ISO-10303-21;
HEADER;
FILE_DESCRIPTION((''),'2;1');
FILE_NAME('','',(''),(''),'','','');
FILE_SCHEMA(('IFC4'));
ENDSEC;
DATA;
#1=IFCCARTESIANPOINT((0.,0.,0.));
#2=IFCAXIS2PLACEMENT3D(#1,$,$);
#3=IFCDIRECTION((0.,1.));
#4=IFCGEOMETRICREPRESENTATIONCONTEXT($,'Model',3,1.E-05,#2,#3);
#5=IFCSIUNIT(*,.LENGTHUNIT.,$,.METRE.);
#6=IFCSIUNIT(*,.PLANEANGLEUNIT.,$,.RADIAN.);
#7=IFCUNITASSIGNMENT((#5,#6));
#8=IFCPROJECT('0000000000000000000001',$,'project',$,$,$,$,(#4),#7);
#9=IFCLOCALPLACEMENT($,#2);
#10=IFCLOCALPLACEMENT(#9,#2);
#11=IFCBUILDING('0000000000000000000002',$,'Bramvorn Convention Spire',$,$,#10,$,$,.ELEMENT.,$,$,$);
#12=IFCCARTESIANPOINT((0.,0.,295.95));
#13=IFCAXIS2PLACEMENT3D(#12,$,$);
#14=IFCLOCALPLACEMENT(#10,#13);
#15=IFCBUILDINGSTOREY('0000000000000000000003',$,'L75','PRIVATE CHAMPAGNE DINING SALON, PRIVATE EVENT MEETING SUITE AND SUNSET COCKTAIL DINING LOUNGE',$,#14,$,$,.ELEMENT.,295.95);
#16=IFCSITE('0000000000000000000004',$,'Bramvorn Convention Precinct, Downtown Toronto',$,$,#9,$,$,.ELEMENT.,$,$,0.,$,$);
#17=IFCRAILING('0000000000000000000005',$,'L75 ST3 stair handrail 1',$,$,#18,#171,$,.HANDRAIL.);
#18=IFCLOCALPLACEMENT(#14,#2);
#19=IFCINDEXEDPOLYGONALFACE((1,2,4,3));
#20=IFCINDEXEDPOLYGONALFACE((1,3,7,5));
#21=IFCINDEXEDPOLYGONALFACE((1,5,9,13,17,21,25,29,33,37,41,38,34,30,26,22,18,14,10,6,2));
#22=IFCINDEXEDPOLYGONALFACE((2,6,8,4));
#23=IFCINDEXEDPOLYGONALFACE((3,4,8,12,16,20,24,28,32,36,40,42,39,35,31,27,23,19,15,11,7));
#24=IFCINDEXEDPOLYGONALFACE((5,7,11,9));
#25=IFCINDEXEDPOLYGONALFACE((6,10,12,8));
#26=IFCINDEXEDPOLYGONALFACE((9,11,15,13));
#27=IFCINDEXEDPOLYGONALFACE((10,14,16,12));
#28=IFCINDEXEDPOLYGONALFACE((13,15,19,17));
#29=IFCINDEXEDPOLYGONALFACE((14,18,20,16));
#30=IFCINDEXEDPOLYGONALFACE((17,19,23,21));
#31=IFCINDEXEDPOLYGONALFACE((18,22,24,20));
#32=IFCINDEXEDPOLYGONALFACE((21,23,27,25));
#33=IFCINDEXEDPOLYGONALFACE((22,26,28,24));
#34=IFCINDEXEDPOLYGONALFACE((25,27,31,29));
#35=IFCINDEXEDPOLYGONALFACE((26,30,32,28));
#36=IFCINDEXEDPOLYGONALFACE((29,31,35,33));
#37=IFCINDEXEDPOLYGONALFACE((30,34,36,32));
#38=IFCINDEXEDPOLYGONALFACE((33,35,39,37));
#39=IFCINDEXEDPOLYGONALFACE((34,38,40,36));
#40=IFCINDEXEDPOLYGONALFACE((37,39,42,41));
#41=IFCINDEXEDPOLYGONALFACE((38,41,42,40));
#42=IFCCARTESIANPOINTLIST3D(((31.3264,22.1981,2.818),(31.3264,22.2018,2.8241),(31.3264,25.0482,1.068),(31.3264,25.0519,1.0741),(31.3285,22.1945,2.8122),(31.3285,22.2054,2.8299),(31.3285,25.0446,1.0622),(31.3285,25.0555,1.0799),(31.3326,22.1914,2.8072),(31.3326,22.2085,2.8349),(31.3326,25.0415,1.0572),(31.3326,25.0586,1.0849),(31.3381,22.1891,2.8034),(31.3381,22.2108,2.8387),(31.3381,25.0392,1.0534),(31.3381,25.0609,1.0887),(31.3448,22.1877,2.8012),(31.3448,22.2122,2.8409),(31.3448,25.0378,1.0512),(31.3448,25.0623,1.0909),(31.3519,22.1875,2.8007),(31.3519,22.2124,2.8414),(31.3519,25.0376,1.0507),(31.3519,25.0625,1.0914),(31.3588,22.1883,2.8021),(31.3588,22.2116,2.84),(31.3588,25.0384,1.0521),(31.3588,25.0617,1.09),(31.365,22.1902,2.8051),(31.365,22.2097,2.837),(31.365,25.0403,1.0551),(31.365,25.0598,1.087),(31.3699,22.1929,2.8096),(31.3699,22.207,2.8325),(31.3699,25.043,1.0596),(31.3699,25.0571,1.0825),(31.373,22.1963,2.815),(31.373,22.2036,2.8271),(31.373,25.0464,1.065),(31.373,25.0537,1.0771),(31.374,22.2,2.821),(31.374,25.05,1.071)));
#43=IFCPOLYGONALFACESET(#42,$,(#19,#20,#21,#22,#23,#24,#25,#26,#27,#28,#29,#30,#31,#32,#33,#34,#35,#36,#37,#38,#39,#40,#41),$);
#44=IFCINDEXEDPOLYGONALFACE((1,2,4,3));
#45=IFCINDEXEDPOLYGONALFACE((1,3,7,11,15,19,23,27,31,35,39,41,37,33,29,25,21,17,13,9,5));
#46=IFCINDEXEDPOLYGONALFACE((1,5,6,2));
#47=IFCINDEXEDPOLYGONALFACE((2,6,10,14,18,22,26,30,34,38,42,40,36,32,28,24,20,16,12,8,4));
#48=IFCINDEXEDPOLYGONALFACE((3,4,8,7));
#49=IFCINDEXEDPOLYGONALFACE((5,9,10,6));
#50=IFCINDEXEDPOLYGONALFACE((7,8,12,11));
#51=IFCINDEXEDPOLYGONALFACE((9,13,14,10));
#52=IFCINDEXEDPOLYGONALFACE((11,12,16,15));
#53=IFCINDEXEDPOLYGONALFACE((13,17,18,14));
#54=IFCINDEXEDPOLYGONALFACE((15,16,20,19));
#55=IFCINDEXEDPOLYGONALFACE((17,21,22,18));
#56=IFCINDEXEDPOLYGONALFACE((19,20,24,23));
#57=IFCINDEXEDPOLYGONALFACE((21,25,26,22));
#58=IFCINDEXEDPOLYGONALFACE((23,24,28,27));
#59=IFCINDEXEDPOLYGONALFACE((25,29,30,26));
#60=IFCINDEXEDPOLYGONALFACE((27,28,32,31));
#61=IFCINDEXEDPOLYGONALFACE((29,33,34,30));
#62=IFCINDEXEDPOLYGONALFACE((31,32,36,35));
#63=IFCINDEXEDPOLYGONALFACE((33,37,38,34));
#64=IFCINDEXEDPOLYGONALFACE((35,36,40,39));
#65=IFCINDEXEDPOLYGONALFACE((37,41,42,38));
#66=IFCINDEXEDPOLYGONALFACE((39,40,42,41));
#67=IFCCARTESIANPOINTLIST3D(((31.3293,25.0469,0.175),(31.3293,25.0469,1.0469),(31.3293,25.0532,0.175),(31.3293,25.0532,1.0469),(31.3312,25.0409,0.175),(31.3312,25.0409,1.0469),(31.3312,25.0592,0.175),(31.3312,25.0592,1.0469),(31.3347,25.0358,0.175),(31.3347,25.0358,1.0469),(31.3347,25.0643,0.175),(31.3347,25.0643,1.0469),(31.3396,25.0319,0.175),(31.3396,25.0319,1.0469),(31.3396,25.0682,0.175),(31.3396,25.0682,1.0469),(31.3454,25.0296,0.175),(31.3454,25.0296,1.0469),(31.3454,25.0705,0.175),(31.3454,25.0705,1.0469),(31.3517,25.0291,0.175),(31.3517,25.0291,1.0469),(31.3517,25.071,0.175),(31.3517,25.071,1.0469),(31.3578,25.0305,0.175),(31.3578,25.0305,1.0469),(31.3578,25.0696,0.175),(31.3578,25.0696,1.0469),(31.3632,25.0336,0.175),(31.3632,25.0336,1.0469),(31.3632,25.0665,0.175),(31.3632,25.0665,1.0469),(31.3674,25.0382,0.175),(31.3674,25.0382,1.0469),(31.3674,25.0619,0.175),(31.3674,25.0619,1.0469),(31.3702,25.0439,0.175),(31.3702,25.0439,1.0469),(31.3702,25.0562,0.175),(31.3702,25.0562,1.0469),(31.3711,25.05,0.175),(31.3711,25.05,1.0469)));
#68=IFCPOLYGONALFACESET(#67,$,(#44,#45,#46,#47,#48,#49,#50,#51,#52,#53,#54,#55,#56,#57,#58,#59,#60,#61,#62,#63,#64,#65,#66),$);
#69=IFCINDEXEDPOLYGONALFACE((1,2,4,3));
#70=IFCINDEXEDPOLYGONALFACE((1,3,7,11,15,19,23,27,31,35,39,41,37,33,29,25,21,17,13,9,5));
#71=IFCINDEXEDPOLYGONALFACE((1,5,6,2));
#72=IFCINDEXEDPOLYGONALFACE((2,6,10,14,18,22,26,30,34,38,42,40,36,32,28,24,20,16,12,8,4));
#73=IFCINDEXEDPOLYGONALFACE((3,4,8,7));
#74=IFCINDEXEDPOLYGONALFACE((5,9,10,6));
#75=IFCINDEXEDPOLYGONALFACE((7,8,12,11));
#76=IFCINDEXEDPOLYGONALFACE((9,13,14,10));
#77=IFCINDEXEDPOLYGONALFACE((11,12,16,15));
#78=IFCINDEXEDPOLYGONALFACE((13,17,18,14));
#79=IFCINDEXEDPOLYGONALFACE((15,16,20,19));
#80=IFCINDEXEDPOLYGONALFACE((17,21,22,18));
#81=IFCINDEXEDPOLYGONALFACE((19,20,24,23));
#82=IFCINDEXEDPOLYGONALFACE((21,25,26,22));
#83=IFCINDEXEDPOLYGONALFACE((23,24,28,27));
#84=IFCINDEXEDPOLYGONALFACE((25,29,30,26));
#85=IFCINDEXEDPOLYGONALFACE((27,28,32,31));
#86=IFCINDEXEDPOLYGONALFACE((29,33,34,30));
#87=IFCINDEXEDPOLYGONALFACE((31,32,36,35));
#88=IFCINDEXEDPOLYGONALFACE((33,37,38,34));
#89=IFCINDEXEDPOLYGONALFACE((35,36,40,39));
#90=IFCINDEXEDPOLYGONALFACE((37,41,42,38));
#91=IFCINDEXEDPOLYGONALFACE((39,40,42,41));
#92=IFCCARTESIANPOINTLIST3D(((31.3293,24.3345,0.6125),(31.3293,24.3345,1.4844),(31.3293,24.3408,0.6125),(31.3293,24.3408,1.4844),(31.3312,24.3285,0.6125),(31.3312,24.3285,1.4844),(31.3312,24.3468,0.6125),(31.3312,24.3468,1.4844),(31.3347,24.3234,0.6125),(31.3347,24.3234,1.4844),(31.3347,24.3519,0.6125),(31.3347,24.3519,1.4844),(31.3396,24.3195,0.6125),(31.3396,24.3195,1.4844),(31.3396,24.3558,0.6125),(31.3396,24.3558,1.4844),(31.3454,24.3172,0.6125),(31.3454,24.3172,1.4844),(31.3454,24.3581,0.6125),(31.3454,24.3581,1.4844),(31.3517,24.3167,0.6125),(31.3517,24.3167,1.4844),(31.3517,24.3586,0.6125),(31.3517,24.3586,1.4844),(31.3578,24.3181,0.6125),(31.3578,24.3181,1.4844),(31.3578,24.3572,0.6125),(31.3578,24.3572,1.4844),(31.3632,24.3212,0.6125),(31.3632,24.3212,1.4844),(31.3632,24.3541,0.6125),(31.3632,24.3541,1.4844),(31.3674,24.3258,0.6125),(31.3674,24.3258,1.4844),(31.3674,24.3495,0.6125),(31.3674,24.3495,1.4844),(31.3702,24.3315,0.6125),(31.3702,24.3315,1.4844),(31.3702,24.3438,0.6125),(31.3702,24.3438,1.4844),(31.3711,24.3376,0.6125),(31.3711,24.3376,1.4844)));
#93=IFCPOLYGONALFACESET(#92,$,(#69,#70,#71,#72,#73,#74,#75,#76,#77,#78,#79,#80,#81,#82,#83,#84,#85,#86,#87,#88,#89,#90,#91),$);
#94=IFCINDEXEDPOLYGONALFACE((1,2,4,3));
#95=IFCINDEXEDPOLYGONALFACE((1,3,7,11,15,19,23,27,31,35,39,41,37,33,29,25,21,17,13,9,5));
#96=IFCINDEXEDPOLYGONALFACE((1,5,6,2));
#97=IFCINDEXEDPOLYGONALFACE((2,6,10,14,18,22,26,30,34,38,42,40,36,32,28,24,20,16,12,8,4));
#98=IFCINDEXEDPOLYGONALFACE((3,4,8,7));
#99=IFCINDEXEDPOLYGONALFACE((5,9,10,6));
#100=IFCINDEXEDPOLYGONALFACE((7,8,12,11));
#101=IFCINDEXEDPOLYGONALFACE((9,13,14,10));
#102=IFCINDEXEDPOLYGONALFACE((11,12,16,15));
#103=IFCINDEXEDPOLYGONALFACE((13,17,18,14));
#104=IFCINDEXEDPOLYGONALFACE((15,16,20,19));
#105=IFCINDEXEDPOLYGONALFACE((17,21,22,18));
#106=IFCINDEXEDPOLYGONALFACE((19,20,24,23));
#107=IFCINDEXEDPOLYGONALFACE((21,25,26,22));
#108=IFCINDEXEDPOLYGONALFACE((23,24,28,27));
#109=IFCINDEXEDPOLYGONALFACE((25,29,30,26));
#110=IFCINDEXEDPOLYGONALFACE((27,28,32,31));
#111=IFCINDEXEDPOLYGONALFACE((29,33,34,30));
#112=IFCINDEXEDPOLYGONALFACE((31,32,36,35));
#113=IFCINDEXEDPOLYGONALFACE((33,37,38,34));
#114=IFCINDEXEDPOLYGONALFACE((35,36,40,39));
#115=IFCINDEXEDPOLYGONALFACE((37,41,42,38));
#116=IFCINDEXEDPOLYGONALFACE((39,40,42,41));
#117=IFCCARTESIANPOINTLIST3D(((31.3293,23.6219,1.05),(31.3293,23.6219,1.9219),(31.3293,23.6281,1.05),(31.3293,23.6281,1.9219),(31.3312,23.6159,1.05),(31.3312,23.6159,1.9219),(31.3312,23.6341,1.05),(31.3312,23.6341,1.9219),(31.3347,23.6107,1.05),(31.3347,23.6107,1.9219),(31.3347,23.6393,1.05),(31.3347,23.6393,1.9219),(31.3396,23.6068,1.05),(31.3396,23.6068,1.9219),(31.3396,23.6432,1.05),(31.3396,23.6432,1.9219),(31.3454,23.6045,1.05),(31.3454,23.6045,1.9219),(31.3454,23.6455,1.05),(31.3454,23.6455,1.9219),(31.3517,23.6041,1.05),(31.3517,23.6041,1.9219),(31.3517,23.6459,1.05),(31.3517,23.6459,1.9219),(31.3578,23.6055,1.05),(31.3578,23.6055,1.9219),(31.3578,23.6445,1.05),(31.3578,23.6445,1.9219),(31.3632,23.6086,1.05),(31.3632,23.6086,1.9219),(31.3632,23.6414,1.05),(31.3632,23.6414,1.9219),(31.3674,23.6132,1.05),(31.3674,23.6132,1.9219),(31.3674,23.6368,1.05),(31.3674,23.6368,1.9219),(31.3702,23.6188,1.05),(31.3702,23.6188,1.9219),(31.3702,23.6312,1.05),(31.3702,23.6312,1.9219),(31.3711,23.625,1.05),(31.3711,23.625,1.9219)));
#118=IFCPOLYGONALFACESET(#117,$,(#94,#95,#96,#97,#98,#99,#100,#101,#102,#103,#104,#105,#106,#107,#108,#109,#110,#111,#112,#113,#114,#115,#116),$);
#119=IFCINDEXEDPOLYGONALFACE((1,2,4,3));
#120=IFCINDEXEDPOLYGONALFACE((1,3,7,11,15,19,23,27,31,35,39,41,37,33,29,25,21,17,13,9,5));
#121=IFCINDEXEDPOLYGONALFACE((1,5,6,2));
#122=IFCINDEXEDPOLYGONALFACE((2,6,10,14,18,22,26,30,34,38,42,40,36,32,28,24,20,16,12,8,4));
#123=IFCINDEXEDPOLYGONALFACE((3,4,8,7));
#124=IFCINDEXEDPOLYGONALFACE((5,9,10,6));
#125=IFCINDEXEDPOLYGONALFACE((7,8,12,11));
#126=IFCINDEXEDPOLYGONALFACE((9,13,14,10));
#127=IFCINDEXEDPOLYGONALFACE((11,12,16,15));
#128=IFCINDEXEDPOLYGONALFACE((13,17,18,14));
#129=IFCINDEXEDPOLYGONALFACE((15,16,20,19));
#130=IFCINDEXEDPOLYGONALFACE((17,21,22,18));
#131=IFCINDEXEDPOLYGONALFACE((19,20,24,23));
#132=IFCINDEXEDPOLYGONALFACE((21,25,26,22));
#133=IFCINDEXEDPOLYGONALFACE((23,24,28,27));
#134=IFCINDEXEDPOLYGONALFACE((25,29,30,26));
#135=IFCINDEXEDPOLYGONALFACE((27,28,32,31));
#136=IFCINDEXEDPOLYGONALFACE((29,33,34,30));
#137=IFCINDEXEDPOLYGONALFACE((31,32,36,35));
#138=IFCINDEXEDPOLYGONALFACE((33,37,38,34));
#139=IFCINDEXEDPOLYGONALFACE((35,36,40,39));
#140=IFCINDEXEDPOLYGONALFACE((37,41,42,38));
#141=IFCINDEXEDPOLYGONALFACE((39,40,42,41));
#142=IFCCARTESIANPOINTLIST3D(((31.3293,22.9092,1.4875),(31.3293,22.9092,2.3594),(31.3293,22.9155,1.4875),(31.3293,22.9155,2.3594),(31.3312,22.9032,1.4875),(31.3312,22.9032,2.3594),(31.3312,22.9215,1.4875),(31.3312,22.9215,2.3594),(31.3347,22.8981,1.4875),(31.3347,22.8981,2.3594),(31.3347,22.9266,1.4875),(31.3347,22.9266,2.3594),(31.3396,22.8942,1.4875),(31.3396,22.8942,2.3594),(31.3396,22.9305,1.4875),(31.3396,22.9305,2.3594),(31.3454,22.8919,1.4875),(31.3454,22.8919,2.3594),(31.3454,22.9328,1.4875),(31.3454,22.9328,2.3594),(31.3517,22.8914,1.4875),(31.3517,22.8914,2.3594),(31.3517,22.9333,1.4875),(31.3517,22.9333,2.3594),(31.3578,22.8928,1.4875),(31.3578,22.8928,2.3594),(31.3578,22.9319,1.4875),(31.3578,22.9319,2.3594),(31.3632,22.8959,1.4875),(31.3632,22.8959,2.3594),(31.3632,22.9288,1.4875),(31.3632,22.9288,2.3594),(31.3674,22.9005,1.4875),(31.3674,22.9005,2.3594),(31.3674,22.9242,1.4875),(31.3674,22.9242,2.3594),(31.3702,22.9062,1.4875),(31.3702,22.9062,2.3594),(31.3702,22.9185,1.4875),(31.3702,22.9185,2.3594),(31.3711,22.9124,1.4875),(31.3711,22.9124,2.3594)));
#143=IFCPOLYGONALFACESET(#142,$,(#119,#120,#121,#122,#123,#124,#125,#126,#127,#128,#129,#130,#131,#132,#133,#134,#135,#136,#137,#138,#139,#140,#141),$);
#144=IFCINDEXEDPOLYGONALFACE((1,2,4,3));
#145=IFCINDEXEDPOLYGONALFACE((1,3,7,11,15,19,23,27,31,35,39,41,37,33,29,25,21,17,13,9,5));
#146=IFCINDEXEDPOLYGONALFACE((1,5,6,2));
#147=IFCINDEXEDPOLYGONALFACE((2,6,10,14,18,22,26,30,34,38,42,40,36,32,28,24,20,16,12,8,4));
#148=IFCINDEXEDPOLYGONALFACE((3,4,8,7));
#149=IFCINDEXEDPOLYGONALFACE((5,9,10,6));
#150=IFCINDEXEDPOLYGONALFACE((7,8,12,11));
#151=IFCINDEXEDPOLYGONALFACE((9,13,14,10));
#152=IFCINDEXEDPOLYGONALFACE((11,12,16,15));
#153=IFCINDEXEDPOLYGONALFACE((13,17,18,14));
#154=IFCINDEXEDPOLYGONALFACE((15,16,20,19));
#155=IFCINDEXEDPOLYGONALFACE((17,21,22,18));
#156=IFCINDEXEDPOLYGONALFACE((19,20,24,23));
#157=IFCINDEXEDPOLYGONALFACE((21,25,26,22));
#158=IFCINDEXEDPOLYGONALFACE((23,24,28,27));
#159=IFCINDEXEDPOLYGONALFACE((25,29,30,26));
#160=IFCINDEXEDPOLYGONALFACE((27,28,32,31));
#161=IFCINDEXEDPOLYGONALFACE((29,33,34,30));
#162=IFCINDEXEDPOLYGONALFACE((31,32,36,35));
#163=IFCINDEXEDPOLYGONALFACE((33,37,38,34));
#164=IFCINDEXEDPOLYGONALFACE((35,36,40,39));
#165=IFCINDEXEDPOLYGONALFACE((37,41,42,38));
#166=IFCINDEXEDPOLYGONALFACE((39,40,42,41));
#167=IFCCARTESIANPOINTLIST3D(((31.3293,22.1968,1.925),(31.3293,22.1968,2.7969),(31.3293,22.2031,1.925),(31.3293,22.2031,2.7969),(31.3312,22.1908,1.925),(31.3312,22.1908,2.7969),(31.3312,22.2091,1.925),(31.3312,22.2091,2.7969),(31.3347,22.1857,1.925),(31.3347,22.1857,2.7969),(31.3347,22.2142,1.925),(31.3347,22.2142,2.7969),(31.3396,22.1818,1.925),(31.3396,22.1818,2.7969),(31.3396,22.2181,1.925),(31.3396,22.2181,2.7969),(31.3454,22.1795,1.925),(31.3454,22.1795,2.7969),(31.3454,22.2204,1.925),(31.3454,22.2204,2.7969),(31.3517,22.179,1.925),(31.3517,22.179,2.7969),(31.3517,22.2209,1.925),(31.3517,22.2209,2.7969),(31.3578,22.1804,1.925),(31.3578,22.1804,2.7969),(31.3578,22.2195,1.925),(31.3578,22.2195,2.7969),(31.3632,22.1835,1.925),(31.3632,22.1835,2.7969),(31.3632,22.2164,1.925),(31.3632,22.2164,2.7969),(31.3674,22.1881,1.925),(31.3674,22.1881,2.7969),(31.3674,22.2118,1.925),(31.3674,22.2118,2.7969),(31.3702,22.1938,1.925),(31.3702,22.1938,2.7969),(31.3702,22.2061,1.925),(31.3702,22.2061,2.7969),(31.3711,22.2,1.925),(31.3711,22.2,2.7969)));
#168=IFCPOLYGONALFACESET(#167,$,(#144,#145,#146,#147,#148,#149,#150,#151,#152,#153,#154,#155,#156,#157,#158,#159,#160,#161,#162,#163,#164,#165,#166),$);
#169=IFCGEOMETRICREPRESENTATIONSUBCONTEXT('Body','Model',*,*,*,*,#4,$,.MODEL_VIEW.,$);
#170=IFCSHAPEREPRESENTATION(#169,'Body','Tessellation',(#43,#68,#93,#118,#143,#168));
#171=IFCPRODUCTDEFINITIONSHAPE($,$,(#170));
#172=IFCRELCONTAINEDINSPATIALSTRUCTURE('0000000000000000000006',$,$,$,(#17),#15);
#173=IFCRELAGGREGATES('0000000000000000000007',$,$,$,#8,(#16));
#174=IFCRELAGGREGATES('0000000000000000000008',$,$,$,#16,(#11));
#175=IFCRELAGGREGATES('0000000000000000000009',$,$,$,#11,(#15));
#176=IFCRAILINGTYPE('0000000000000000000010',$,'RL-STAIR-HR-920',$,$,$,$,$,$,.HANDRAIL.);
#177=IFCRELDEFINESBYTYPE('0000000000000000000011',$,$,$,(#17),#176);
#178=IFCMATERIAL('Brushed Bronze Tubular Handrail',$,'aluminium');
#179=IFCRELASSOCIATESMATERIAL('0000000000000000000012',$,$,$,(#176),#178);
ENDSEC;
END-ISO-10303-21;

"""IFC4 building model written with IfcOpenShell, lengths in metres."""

from ifc_helpers import new_model, si_unit, direction, frame, origin, origin_2d, place, context, subcontext, project, spatial, circle, extrude, material, type_object, element, save


model = new_model("IFC4")

# Units and contexts
model_context = context("Model", 3, precision=1e-05, world=origin(), true_north=direction((0.0, 1.0)))
body_context = subcontext(model_context, "Body", "Model", "MODEL_VIEW")
ifc_project = project(units=[si_unit("LENGTHUNIT", "METRE"), si_unit("PLANEANGLEUNIT", "RADIAN")], contexts=[model_context])

# Site, building, storey
site_placement = place(None, origin())
site = spatial("IfcSite", under=ifc_project, at=site_placement, Name="Bramvorn Convention Precinct, Downtown Toronto", CompositionType="ELEMENT", RefElevation=0.0)
building_placement = place(site_placement, origin())
building = spatial("IfcBuilding", under=site, at=building_placement, Name="Bramvorn Convention Spire", CompositionType="ELEMENT")
storey_placement = place(building_placement, frame((0.0, 0.0, 295.95)))
storey = spatial("IfcBuildingStorey", under=building, at=storey_placement, Name="L75", Description="PRIVATE CHAMPAGNE DINING SALON, PRIVATE EVENT MEETING SUITE AND SUNSET COCKTAIL DINING LOUNGE", CompositionType="ELEMENT", Elevation=295.95)

# Railing
ifc_material_1 = material(Name="Brushed Bronze Tubular Handrail", Category="aluminium")
railing_type_1 = type_object("IfcRailingType", Name="RL-STAIR-HR-920", PredefinedType="HANDRAIL", material=ifc_material_1)
railing_1_placement = place(storey_placement, frame((31.3501, 25.05, 0.175)))
element("IfcRailing", 1, at=railing_1_placement, inside=storey, type_object=railing_type_1, Name="L75 ST3 stair handrail 1", PredefinedType="HANDRAIL", context=body_context, shape_type="SweptSolid", body=[
    extrude(circle(Radius=0.0239, at=origin_2d()), frame((0.0, 0.0, 0.896), z_axis=(0.0, -0.852179, 0.52325), x_axis=(1.0, 0.0, 0.0)), (0.0, 0.0, 1.0), 3.3445),
    extrude(circle(Radius=0.021, at=origin_2d()), origin(), (0.0, 0.0, 1.0), 0.8718),
    extrude(circle(Radius=0.021, at=origin_2d()), frame((0.0, -0.7124, 0.4375)), (0.0, 0.0, 1.0), 0.8718),
    extrude(circle(Radius=0.021, at=origin_2d()), frame((0.0, -1.425, 0.875)), (0.0, 0.0, 1.0), 0.8718),
    extrude(circle(Radius=0.021, at=origin_2d()), frame((0.0, -2.1377, 1.3125)), (0.0, 0.0, 1.0), 0.8718),
    extrude(circle(Radius=0.021, at=origin_2d()), frame((0.0, -2.8501, 1.75)), (0.0, 0.0, 1.0), 0.8718),
])

save(model, "model.ifc")
